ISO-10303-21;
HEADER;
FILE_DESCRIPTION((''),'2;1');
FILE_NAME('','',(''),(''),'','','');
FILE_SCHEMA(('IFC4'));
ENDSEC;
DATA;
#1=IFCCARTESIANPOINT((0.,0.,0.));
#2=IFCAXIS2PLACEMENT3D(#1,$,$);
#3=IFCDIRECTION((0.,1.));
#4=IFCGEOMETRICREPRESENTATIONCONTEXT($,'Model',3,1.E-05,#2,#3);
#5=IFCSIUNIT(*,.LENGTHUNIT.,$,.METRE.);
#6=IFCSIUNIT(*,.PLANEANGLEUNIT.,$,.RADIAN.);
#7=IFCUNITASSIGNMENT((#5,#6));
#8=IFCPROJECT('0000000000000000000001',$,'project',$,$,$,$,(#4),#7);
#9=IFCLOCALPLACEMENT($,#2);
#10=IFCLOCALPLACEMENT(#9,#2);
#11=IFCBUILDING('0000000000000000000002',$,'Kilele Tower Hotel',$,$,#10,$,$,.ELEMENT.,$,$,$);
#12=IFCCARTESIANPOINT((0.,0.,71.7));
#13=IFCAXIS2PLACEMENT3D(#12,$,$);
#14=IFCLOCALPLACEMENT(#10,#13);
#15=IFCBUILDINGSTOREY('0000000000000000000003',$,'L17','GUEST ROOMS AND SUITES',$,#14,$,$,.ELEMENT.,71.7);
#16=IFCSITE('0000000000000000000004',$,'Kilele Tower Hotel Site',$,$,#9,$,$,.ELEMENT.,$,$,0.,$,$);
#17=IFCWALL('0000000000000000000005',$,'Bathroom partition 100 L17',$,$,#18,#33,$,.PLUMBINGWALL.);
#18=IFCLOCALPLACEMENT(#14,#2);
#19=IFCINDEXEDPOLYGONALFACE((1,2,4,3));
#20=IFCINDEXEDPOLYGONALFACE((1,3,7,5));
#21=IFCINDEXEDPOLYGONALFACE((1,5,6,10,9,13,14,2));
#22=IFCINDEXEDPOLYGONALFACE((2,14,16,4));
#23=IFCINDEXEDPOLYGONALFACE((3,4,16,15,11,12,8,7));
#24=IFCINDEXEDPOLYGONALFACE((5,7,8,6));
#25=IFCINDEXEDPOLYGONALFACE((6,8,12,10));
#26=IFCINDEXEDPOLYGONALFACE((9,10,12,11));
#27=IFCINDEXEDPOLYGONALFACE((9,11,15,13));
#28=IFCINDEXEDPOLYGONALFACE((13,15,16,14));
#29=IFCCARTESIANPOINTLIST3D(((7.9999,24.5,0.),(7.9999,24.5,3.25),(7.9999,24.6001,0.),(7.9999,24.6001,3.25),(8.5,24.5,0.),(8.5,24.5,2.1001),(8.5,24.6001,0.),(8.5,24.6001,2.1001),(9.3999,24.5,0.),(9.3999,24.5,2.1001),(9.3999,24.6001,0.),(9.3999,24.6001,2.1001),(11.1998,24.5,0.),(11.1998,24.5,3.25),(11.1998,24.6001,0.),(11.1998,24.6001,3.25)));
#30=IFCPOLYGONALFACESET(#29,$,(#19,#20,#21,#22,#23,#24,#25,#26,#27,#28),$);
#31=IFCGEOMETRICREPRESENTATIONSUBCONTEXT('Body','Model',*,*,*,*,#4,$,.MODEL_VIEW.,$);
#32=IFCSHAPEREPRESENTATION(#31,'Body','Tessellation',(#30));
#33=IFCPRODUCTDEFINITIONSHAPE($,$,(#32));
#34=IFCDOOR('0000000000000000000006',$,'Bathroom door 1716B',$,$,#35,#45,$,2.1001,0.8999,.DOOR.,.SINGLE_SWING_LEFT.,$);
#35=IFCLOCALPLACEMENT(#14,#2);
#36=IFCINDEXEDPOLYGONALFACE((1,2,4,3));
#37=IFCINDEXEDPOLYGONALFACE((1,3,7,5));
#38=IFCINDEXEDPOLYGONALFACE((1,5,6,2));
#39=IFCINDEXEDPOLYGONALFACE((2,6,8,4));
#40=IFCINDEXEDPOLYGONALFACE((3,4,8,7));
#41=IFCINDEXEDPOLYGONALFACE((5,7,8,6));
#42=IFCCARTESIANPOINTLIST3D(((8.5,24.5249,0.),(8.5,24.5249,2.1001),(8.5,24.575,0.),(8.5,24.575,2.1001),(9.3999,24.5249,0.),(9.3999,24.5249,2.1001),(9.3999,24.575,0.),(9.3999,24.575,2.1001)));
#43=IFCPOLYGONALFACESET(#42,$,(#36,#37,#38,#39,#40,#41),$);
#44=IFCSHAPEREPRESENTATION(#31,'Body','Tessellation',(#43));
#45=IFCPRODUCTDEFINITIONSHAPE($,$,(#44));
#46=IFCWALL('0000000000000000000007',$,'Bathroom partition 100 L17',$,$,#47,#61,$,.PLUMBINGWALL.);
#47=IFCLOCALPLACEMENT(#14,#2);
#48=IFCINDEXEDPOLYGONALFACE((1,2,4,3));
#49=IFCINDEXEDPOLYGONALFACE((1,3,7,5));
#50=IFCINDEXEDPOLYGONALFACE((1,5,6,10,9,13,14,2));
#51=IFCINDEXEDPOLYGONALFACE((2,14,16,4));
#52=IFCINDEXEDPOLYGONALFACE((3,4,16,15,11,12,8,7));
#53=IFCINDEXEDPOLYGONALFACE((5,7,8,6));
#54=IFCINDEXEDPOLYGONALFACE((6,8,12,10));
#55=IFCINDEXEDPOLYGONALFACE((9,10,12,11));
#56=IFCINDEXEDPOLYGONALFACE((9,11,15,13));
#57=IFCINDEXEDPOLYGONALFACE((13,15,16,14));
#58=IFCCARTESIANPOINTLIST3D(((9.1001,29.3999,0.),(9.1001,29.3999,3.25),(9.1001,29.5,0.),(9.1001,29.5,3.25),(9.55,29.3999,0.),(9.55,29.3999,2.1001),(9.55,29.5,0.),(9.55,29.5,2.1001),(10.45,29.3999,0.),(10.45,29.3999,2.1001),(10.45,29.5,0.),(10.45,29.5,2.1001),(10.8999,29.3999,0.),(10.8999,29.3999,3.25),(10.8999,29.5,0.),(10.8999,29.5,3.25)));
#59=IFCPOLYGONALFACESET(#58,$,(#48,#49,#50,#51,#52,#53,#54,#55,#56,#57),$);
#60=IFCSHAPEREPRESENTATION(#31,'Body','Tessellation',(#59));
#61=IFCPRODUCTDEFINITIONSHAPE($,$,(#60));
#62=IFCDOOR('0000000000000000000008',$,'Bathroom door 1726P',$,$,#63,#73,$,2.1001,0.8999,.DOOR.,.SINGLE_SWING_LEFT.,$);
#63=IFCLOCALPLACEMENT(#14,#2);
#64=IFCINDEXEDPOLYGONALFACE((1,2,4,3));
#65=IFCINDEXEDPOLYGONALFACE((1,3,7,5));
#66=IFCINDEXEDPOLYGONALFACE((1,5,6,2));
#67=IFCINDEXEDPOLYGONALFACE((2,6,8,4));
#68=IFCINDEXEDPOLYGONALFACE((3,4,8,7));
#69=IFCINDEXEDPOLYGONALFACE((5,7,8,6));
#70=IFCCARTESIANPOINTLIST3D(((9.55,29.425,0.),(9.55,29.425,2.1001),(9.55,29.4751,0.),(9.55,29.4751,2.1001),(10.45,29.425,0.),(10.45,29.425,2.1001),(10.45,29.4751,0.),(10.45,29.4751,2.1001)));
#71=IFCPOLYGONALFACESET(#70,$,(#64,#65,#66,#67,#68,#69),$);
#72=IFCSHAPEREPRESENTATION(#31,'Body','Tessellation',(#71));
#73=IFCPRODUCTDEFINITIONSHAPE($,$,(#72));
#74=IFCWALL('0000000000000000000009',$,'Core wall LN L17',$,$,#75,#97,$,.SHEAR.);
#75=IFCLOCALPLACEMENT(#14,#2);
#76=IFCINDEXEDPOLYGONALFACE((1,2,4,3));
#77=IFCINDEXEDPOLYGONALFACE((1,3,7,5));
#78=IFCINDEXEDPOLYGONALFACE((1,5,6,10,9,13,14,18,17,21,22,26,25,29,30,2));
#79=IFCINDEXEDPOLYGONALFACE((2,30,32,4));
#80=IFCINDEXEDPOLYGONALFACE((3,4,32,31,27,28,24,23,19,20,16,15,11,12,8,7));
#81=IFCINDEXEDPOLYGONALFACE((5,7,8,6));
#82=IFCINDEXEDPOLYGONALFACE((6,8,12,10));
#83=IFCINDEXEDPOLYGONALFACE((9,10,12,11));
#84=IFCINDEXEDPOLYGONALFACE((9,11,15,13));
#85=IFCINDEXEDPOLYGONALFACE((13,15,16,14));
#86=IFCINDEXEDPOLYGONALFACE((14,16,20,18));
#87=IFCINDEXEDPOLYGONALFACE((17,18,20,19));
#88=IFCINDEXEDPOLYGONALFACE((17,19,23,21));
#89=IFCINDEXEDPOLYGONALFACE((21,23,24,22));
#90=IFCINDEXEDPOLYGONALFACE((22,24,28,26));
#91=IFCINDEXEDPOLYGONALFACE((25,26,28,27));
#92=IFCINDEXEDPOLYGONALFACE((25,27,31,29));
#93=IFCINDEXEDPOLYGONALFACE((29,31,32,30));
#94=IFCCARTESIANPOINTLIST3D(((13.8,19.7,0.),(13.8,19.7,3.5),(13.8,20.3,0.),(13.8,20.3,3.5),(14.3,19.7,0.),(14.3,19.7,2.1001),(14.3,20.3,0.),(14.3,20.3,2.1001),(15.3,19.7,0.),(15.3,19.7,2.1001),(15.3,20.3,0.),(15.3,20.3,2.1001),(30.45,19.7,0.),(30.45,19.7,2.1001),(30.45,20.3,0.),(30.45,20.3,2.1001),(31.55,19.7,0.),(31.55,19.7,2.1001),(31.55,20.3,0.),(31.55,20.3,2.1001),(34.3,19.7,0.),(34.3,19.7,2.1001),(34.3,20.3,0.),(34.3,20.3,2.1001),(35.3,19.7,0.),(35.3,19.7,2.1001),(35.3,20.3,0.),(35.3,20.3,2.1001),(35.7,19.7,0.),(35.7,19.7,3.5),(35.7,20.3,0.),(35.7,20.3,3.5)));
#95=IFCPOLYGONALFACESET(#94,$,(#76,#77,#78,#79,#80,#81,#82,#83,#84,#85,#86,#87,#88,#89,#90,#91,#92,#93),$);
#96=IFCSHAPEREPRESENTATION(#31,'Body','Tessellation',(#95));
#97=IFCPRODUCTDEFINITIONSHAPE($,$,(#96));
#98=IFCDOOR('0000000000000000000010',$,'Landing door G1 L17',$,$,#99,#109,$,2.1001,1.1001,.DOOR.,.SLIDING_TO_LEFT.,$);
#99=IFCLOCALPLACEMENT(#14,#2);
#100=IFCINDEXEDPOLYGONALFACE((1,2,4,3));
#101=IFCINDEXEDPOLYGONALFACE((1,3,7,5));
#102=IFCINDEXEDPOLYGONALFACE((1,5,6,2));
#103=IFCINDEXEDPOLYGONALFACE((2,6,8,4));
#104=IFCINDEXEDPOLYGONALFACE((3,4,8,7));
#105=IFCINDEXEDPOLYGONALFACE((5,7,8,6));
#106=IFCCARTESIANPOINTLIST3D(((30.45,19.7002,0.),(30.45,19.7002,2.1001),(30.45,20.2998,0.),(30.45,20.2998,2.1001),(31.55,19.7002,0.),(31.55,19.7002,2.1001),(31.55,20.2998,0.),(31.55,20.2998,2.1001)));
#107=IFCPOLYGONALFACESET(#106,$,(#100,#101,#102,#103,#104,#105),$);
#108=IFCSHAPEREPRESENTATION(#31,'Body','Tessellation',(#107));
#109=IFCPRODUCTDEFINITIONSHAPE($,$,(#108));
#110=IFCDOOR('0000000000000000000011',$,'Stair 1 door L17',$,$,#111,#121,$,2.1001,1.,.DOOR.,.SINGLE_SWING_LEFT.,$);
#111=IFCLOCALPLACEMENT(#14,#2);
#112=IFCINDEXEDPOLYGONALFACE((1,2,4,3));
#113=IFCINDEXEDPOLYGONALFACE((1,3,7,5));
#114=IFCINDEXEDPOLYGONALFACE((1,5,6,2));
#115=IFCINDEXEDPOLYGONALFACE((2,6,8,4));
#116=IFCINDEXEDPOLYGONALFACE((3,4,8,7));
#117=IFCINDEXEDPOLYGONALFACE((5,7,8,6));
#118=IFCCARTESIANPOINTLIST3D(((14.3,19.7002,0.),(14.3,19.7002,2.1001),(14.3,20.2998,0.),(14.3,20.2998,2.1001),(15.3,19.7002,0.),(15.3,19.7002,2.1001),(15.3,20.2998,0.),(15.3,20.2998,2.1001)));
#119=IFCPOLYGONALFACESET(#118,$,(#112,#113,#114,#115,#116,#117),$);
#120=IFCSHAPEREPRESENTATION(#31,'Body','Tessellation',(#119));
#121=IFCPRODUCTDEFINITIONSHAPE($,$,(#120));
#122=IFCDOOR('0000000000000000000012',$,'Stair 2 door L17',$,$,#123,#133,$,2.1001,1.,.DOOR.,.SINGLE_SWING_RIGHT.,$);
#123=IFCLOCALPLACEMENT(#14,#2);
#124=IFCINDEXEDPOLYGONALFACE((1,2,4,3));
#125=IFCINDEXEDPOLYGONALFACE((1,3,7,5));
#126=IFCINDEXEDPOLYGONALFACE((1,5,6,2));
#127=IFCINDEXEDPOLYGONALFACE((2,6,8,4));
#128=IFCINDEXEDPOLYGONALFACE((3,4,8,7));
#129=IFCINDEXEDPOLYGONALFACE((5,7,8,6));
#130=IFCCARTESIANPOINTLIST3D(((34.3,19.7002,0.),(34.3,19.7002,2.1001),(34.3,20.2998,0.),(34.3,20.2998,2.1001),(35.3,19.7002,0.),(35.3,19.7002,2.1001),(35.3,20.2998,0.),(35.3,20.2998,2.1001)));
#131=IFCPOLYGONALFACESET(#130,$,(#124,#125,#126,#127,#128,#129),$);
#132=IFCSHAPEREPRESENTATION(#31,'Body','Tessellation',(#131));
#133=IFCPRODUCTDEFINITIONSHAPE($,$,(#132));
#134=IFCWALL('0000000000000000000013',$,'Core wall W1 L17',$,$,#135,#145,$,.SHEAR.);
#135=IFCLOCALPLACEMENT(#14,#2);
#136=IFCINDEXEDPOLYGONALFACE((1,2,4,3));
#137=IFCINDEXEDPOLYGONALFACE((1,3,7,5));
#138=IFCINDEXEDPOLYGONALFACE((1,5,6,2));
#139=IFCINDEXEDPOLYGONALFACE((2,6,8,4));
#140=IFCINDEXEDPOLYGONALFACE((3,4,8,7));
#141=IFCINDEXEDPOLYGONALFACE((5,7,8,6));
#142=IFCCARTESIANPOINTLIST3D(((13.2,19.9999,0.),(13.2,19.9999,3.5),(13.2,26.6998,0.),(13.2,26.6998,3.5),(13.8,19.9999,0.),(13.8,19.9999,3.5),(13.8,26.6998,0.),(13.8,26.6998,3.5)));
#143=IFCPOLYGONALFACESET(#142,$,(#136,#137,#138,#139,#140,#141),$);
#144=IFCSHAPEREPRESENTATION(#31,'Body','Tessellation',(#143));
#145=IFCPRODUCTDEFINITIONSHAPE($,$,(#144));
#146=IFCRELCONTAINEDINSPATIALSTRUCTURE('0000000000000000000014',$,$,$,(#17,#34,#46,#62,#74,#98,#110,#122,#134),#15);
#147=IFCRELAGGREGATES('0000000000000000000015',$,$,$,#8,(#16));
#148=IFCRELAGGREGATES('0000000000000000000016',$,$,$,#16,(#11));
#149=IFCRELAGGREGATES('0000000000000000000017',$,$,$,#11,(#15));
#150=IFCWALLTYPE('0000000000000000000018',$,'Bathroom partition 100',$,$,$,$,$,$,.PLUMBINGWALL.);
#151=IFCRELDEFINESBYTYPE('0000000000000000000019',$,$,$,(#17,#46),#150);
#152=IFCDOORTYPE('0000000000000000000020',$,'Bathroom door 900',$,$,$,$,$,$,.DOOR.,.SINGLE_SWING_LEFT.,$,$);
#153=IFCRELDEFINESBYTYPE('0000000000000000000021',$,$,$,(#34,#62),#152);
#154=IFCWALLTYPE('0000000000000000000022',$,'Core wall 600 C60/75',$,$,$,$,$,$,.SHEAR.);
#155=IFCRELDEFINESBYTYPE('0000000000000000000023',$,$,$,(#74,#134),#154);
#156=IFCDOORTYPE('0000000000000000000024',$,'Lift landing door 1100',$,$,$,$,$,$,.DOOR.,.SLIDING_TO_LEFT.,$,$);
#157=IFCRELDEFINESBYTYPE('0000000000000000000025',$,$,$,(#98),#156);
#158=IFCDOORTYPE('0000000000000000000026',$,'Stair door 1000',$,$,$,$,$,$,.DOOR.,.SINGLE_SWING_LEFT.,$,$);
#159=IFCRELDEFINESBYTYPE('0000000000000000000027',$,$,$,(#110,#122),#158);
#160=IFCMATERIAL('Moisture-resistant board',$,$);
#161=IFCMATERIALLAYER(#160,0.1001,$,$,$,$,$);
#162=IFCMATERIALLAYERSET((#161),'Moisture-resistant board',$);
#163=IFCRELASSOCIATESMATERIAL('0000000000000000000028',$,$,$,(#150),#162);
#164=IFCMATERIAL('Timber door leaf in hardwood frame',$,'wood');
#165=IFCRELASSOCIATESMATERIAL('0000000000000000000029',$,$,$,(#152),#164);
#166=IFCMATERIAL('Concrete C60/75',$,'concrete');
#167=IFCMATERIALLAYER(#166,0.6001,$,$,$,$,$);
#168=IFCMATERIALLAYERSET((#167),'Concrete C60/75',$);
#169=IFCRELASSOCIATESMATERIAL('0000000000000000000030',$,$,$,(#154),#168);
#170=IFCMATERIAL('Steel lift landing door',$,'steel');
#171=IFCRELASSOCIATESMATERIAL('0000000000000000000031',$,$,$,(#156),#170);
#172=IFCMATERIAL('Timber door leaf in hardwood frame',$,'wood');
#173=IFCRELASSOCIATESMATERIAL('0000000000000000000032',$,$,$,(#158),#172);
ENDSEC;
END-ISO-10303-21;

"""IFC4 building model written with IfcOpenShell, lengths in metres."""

from ifc_helpers import new_model, si_unit, direction, frame, frame_2d, origin, place, context, subcontext, project, spatial, rectangle, extrude, material, layer, layer_set, type_object, element, fill, save


model = new_model("IFC4")

# Units and contexts
model_context = context("Model", 3, precision=1e-05, world=origin(), true_north=direction((0.0, 1.0)))
body_context = subcontext(model_context, "Body", "Model", "MODEL_VIEW")
ifc_project = project(units=[si_unit("LENGTHUNIT", "METRE"), si_unit("PLANEANGLEUNIT", "RADIAN")], contexts=[model_context])

# Site, building, storey
site_placement = place(None, origin())
site = spatial("IfcSite", under=ifc_project, at=site_placement, Name="Kilele Tower Hotel Site", CompositionType="ELEMENT", RefElevation=0.0)
building_placement = place(site_placement, origin())
building = spatial("IfcBuilding", under=site, at=building_placement, Name="Kilele Tower Hotel", CompositionType="ELEMENT")
storey_placement = place(building_placement, frame((0.0, 0.0, 71.7)))
storey = spatial("IfcBuildingStorey", under=building, at=storey_placement, Name="L17", Description="GUEST ROOMS AND SUITES", CompositionType="ELEMENT", Elevation=71.7)

# Walls, openings, doors
ifc_material_1 = material(Name="Moisture-resistant board")
ifc_layer_1 = layer(ifc_material_1, 0.1001)
ifc_layer_set_1 = layer_set([ifc_layer_1], Name="Moisture-resistant board")
wall_type_1 = type_object("IfcWallType", Name="Bathroom partition 100", PredefinedType="PLUMBINGWALL", material=ifc_layer_set_1)
wall_1_placement = place(storey_placement, frame((11.2, 24.55, 0.0), z_axis=(0.0, 0.0, 1.0), x_axis=(-1.0, 0.0, 0.0)))
wall_1 = element("IfcWall", 1, at=wall_1_placement, inside=storey, type_object=wall_type_1, Name="Bathroom partition 100 L17", PredefinedType="PLUMBINGWALL", context=body_context, shape_type="SweptSolid", body=[
    extrude(rectangle(XDim=3.2, YDim=0.1001, at=frame_2d((1.6001, 0.0))), origin(), (0.0, 0.0, 1.0), 3.25),
])
opening_1_placement = place(wall_1_placement, frame((2.7, 0.0, 0.0), z_axis=(0.0, 0.0, 1.0), x_axis=(-1.0, 0.0, 0.0)))
opening_1 = element("IfcOpeningElement", 2, at=opening_1_placement, cuts=wall_1, PredefinedType="OPENING", context=body_context, shape_type="SweptSolid", body=[
    extrude(rectangle(XDim=0.8999, YDim=2.1001, at=frame_2d((0.45, 1.05))), frame((0.0, 0.0601, 0.0), z_axis=(0.0, -1.0, 0.0), x_axis=(1.0, 0.0, 0.0)), (0.0, 0.0, 1.0), 0.1201),
])
ifc_material_2 = material(Name="Timber door leaf in hardwood frame", Category="wood")
door_type_1 = type_object("IfcDoorType", Name="Bathroom door 900", OperationType="SINGLE_SWING_LEFT", PredefinedType="DOOR", material=ifc_material_2)
door_1_placement = place(opening_1_placement, origin())
door_1 = element("IfcDoor", 3, at=door_1_placement, inside=storey, type_object=door_type_1, Name="Bathroom door 1716B", OperationType="SINGLE_SWING_LEFT", OverallHeight=2.1001, OverallWidth=0.8999, PredefinedType="DOOR", context=body_context, shape_type="SweptSolid", body=[
    extrude(rectangle(XDim=0.8999, YDim=2.1001, at=frame_2d((0.45, 1.05))), frame((0.0, 0.0249, 0.0), z_axis=(0.0, -1.0, 0.0), x_axis=(1.0, 0.0, 0.0)), (0.0, 0.0, 1.0), 0.05),
])
fill(opening_1, door_1)
wall_2_placement = place(storey_placement, frame((10.8999, 29.45, 0.0), z_axis=(0.0, 0.0, 1.0), x_axis=(-1.0, 0.0, 0.0)))
wall_2 = element("IfcWall", 4, at=wall_2_placement, inside=storey, type_object=wall_type_1, Name="Bathroom partition 100 L17", PredefinedType="PLUMBINGWALL", context=body_context, shape_type="SweptSolid", body=[
    extrude(rectangle(XDim=1.7998, YDim=0.1001, at=frame_2d((0.8999, 0.0))), origin(), (0.0, 0.0, 1.0), 3.25),
])
opening_2_placement = place(wall_2_placement, frame((0.45, 0.0, 0.0)))
opening_2 = element("IfcOpeningElement", 5, at=opening_2_placement, cuts=wall_2, PredefinedType="OPENING", context=body_context, shape_type="SweptSolid", body=[
    extrude(rectangle(XDim=0.8999, YDim=2.1001, at=frame_2d((0.45, 1.05))), frame((0.0, 0.0601, 0.0), z_axis=(0.0, -1.0, 0.0), x_axis=(1.0, 0.0, 0.0)), (0.0, 0.0, 1.0), 0.1201),
])
door_2_placement = place(opening_2_placement, origin())
door_2 = element("IfcDoor", 6, at=door_2_placement, inside=storey, type_object=door_type_1, Name="Bathroom door 1726P", OperationType="SINGLE_SWING_LEFT", OverallHeight=2.1001, OverallWidth=0.8999, PredefinedType="DOOR", context=body_context, shape_type="SweptSolid", body=[
    extrude(rectangle(XDim=0.8999, YDim=2.1001, at=frame_2d((0.45, 1.05))), frame((0.0, 0.0249, 0.0), z_axis=(0.0, -1.0, 0.0), x_axis=(1.0, 0.0, 0.0)), (0.0, 0.0, 1.0), 0.05),
])
fill(opening_2, door_2)

# Wall, openings, doors
ifc_material_3 = material(Name="Concrete C60/75", Category="concrete")
ifc_layer_2 = layer(ifc_material_3, 0.6001)
ifc_layer_set_2 = layer_set([ifc_layer_2], Name="Concrete C60/75")
wall_type_2 = type_object("IfcWallType", Name="Core wall 600 C60/75", PredefinedType="SHEAR", material=ifc_layer_set_2)
wall_3_placement = place(storey_placement, frame((13.8, 20.0, 0.0), z_axis=(0.0, 0.0, 1.0), x_axis=(1.0, 0.0, 0.0)))
wall_3 = element("IfcWall", 7, at=wall_3_placement, inside=storey, type_object=wall_type_2, Name="Core wall LN L17", PredefinedType="SHEAR", context=body_context, shape_type="SweptSolid", body=[
    extrude(rectangle(XDim=21.8999, YDim=0.6001, at=frame_2d((10.95, 0.0))), origin(), (0.0, 0.0, 1.0), 3.5),
])
opening_3_placement = place(wall_3_placement, frame((0.5, 0.0, 0.0)))
opening_3 = element("IfcOpeningElement", 8, at=opening_3_placement, cuts=wall_3, PredefinedType="OPENING", context=body_context, shape_type="SweptSolid", body=[
    extrude(rectangle(XDim=1.0, YDim=2.1001, at=frame_2d((0.5, 1.05))), frame((0.0, 0.3101, 0.0), z_axis=(0.0, -1.0, 0.0), x_axis=(1.0, 0.0, 0.0)), (0.0, 0.0, 1.0), 0.6201),
])
opening_4_placement = place(wall_3_placement, frame((20.5, 0.0, 0.0)))
opening_4 = element("IfcOpeningElement", 9, at=opening_4_placement, cuts=wall_3, PredefinedType="OPENING", context=body_context, shape_type="SweptSolid", body=[
    extrude(rectangle(XDim=1.0, YDim=2.1001, at=frame_2d((0.5, 1.05))), frame((0.0, 0.3101, 0.0), z_axis=(0.0, -1.0, 0.0), x_axis=(1.0, 0.0, 0.0)), (0.0, 0.0, 1.0), 0.6201),
])
opening_5_placement = place(wall_3_placement, frame((16.6499, 0.0, 0.0)))
opening_5 = element("IfcOpeningElement", 10, at=opening_5_placement, cuts=wall_3, PredefinedType="OPENING", context=body_context, shape_type="SweptSolid", body=[
    extrude(rectangle(XDim=1.1001, YDim=2.1001, at=frame_2d((0.55, 1.05))), frame((0.0, 0.3101, 0.0), z_axis=(0.0, -1.0, 0.0), x_axis=(1.0, 0.0, 0.0)), (0.0, 0.0, 1.0), 0.6201),
])
ifc_material_4 = material(Name="Steel lift landing door", Category="steel")
door_type_2 = type_object("IfcDoorType", Name="Lift landing door 1100", OperationType="SLIDING_TO_LEFT", PredefinedType="DOOR", material=ifc_material_4)
door_3_placement = place(opening_5_placement, origin())
door_3 = element("IfcDoor", 11, at=door_3_placement, inside=storey, type_object=door_type_2, Name="Landing door G1 L17", OperationType="SLIDING_TO_LEFT", OverallHeight=2.1001, OverallWidth=1.1001, PredefinedType="DOOR", context=body_context, shape_type="SweptSolid", body=[
    extrude(rectangle(XDim=1.1001, YDim=2.1001, at=frame_2d((0.55, 1.05))), frame((0.0, 0.2998, 0.0), z_axis=(0.0, -1.0, 0.0), x_axis=(1.0, 0.0, 0.0)), (0.0, 0.0, 1.0), 0.5996),
])
fill(opening_5, door_3)
ifc_material_5 = material(Name="Timber door leaf in hardwood frame", Category="wood")
door_type_3 = type_object("IfcDoorType", Name="Stair door 1000", OperationType="SINGLE_SWING_LEFT", PredefinedType="DOOR", material=ifc_material_5)
door_4_placement = place(opening_3_placement, origin())
door_4 = element("IfcDoor", 12, at=door_4_placement, inside=storey, type_object=door_type_3, Name="Stair 1 door L17", OperationType="SINGLE_SWING_LEFT", OverallHeight=2.1001, OverallWidth=1.0, PredefinedType="DOOR", context=body_context, shape_type="SweptSolid", body=[
    extrude(rectangle(XDim=1.0, YDim=2.1001, at=frame_2d((0.5, 1.05))), frame((0.0, 0.2998, 0.0), z_axis=(0.0, -1.0, 0.0), x_axis=(1.0, 0.0, 0.0)), (0.0, 0.0, 1.0), 0.5996),
])
fill(opening_3, door_4)
door_5_placement = place(opening_4_placement, origin())
door_5 = element("IfcDoor", 13, at=door_5_placement, inside=storey, type_object=door_type_3, Name="Stair 2 door L17", OperationType="SINGLE_SWING_RIGHT", OverallHeight=2.1001, OverallWidth=1.0, PredefinedType="DOOR", context=body_context, shape_type="SweptSolid", body=[
    extrude(rectangle(XDim=1.0, YDim=2.1001, at=frame_2d((0.5, 1.05))), frame((0.0, 0.2998, 0.0), z_axis=(0.0, -1.0, 0.0), x_axis=(1.0, 0.0, 0.0)), (0.0, 0.0, 1.0), 0.5996),
])
fill(opening_4, door_5)

# Wall
wall_4_placement = place(storey_placement, frame((13.5, 26.7, 0.0), z_axis=(0.0, 0.0, 1.0), x_axis=(0.0, -1.0, 0.0)))
element("IfcWall", 14, at=wall_4_placement, inside=storey, type_object=wall_type_2, Name="Core wall W1 L17", PredefinedType="SHEAR", context=body_context, shape_type="SweptSolid", body=[
    extrude(rectangle(XDim=6.7, YDim=0.6001, at=frame_2d((3.3501, 0.0))), origin(), (0.0, 0.0, 1.0), 3.5),
])

save(model, "model.ifc")
